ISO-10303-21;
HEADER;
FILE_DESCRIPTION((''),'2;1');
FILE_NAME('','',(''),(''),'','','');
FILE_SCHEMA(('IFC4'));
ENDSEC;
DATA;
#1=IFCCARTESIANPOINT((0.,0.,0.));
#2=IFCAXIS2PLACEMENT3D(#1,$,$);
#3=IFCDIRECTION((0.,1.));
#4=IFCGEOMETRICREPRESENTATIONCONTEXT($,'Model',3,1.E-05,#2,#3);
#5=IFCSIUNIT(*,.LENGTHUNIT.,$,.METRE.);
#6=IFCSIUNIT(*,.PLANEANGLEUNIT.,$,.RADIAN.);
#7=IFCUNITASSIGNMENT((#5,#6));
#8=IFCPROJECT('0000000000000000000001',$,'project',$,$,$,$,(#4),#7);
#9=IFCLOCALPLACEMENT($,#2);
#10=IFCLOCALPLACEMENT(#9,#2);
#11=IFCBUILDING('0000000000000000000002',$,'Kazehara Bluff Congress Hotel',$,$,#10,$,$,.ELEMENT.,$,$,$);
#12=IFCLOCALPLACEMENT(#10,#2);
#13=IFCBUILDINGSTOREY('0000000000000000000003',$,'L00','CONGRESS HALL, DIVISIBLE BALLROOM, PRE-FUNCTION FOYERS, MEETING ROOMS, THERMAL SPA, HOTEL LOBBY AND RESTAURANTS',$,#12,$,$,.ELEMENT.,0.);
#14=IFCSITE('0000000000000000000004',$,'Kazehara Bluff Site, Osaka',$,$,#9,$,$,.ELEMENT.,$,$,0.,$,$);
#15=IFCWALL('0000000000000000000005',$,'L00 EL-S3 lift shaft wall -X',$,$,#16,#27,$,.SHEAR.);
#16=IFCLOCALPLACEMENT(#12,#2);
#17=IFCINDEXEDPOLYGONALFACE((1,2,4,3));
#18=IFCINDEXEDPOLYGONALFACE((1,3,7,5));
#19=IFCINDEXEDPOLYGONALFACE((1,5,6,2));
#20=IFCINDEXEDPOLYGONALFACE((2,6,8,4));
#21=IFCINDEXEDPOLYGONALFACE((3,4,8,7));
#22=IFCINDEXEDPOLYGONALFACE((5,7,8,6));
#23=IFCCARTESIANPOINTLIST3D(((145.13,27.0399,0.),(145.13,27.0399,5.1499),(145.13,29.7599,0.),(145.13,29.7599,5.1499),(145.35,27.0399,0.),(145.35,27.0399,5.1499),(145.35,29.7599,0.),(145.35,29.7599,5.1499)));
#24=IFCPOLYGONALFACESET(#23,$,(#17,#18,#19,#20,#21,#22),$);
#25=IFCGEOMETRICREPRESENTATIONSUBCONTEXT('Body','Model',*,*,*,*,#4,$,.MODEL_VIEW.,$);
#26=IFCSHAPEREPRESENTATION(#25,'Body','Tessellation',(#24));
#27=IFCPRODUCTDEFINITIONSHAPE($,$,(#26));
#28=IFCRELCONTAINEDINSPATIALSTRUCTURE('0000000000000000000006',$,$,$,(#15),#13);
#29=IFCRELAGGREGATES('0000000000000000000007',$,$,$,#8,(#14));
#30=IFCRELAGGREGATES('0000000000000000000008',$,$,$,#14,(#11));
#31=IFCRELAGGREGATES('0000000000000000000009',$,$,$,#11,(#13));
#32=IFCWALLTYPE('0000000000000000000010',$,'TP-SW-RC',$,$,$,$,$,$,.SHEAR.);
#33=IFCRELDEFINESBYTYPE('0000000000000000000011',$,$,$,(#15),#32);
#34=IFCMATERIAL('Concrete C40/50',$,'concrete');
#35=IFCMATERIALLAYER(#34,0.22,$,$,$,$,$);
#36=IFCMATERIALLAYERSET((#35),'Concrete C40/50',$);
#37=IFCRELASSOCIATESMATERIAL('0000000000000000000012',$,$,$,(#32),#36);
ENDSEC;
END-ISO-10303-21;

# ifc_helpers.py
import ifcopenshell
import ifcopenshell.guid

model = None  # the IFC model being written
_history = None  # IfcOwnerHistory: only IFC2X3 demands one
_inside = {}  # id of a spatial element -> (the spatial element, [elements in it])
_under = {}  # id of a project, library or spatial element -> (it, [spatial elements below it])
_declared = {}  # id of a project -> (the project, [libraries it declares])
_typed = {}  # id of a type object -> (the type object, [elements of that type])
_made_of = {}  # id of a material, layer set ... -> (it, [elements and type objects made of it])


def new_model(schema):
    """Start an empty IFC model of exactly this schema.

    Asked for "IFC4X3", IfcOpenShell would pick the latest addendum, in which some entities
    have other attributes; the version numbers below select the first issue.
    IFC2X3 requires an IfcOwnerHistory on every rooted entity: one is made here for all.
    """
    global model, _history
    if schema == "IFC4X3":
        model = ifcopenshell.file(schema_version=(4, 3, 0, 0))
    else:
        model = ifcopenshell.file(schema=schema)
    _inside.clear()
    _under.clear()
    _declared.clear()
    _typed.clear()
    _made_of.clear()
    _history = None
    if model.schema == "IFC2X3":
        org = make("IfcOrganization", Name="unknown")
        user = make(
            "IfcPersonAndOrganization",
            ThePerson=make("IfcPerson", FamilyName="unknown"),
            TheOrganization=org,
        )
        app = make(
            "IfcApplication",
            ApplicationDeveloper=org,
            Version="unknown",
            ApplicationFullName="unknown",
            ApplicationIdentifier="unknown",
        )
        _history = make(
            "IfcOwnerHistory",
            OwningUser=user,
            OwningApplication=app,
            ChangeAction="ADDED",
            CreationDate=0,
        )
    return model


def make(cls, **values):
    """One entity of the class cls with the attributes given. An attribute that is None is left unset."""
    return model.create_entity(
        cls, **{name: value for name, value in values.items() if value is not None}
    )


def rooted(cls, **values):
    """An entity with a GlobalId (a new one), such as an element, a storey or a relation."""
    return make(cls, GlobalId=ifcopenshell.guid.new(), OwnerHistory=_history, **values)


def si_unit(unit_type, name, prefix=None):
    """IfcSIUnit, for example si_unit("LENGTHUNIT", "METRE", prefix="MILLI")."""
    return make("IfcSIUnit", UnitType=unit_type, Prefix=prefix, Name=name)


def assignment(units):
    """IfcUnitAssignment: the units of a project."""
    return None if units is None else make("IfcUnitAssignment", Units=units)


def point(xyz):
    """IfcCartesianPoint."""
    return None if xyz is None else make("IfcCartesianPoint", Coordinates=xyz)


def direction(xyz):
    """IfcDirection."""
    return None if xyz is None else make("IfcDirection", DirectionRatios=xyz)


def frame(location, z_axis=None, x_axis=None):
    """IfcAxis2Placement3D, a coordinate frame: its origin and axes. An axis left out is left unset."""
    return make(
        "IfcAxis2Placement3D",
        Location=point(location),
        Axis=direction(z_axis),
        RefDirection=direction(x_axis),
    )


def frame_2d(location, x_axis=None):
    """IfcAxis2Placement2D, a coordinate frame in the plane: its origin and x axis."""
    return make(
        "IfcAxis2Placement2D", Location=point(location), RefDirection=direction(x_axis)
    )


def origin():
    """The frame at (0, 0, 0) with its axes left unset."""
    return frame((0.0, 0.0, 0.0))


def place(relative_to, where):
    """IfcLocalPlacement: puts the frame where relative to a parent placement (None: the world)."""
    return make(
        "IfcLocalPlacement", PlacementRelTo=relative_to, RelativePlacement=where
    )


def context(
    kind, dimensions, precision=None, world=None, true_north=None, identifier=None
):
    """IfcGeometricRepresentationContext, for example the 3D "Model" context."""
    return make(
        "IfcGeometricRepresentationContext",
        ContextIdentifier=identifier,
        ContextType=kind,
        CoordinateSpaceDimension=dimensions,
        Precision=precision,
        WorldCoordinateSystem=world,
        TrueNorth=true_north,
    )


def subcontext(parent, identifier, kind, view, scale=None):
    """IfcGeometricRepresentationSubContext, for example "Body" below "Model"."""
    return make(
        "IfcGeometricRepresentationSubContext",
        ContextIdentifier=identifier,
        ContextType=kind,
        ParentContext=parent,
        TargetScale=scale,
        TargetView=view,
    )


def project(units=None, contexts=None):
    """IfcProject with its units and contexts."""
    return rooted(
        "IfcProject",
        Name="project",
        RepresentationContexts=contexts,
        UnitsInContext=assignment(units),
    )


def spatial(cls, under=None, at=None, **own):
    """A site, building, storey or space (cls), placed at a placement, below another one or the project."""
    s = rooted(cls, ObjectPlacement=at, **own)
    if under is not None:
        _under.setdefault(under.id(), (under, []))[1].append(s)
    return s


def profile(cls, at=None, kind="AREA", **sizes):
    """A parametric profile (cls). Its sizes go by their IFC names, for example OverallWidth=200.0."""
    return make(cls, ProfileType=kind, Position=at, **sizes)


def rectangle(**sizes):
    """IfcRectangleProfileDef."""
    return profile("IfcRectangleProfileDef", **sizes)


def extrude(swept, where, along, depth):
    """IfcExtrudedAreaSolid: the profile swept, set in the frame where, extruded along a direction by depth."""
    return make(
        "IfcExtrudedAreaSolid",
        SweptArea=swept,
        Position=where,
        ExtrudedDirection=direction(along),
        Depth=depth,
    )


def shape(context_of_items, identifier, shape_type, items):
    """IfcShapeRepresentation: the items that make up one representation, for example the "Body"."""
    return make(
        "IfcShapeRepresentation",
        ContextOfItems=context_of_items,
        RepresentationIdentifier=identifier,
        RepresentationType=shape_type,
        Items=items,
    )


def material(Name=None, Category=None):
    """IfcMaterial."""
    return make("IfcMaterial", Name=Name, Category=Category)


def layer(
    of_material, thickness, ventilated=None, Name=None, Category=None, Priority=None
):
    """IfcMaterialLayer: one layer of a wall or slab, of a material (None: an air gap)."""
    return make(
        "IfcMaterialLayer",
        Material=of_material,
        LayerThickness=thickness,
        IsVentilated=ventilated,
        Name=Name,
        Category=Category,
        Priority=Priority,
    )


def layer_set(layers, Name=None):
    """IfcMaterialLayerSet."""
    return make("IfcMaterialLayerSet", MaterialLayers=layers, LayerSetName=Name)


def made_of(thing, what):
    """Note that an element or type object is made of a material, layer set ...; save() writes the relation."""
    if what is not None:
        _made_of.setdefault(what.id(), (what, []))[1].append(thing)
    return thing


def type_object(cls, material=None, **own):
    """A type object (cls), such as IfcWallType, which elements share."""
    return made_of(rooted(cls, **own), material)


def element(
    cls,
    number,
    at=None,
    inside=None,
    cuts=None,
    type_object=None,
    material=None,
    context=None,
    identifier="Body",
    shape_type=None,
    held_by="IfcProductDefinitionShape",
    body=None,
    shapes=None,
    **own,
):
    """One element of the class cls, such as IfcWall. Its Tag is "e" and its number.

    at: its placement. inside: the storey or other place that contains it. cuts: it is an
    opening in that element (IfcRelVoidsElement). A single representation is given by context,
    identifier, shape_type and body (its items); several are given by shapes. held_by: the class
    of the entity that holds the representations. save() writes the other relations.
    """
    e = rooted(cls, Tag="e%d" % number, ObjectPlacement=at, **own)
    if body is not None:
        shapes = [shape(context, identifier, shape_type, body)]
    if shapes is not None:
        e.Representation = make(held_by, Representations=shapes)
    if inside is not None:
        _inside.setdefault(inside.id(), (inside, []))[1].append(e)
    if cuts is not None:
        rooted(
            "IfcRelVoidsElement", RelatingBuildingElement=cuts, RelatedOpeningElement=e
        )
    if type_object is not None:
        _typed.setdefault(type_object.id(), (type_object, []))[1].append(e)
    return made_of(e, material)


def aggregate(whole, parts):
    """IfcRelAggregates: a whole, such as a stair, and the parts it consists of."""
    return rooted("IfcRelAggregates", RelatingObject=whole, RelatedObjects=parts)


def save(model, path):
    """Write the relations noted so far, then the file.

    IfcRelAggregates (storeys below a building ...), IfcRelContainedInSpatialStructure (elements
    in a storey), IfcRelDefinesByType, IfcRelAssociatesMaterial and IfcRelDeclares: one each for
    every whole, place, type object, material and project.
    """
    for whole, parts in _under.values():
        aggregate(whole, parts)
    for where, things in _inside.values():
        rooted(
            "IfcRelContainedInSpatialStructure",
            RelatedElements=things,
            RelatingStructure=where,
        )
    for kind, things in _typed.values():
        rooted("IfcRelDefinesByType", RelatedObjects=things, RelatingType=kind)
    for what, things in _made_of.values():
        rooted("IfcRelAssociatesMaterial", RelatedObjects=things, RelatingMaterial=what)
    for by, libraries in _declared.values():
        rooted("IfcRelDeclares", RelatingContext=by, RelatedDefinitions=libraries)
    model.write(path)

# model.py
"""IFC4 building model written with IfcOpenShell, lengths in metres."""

from ifc_helpers import new_model, si_unit, direction, frame, frame_2d, origin, place, context, subcontext, project, spatial, rectangle, extrude, material, layer, layer_set, type_object, element, save


model = new_model("IFC4")

# Units and contexts
model_context = context("Model", 3, precision=1e-05, world=origin(), true_north=direction((0.0, 1.0)))
body_context = subcontext(model_context, "Body", "Model", "MODEL_VIEW")
ifc_project = project(units=[si_unit("LENGTHUNIT", "METRE"), si_unit("PLANEANGLEUNIT", "RADIAN")], contexts=[model_context])

# Site, building, storey
site_placement = place(None, origin())
site = spatial("IfcSite", under=ifc_project, at=site_placement, Name="Kazehara Bluff Site, Osaka", CompositionType="ELEMENT", RefElevation=0.0)
building_placement = place(site_placement, origin())
building = spatial("IfcBuilding", under=site, at=building_placement, Name="Kazehara Bluff Congress Hotel", CompositionType="ELEMENT")
storey_placement = place(building_placement, origin())
storey = spatial("IfcBuildingStorey", under=building, at=storey_placement, Name="L00", Description="CONGRESS HALL, DIVISIBLE BALLROOM, PRE-FUNCTION FOYERS, MEETING ROOMS, THERMAL SPA, HOTEL LOBBY AND RESTAURANTS", CompositionType="ELEMENT", Elevation=0.0)

# Shared definitions
ifc_material_1 = material(Name="Concrete C40/50", Category="concrete")
ifc_layer_1 = layer(ifc_material_1, 0.22)
ifc_layer_set_1 = layer_set([ifc_layer_1], Name="Concrete C40/50")
wall_type_1 = type_object("IfcWallType", Name="TP-SW-RC", PredefinedType="SHEAR", material=ifc_layer_set_1)

# Wall
wall_1_placement = place(storey_placement, frame((145.24, 27.04, 0.0), z_axis=(0.0, 0.0, 1.0), x_axis=(0.0, 1.0, 0.0)))
element("IfcWall", 1, at=wall_1_placement, inside=storey, type_object=wall_type_1, Name="L00 EL-S3 lift shaft wall -X", PredefinedType="SHEAR", context=body_context, shape_type="SweptSolid", body=[
    extrude(rectangle(XDim=2.72, YDim=0.22, at=frame_2d((1.3599, 0.0))), origin(), (0.0, 0.0, 1.0), 5.1499),
])

save(model, "model.ifc")
